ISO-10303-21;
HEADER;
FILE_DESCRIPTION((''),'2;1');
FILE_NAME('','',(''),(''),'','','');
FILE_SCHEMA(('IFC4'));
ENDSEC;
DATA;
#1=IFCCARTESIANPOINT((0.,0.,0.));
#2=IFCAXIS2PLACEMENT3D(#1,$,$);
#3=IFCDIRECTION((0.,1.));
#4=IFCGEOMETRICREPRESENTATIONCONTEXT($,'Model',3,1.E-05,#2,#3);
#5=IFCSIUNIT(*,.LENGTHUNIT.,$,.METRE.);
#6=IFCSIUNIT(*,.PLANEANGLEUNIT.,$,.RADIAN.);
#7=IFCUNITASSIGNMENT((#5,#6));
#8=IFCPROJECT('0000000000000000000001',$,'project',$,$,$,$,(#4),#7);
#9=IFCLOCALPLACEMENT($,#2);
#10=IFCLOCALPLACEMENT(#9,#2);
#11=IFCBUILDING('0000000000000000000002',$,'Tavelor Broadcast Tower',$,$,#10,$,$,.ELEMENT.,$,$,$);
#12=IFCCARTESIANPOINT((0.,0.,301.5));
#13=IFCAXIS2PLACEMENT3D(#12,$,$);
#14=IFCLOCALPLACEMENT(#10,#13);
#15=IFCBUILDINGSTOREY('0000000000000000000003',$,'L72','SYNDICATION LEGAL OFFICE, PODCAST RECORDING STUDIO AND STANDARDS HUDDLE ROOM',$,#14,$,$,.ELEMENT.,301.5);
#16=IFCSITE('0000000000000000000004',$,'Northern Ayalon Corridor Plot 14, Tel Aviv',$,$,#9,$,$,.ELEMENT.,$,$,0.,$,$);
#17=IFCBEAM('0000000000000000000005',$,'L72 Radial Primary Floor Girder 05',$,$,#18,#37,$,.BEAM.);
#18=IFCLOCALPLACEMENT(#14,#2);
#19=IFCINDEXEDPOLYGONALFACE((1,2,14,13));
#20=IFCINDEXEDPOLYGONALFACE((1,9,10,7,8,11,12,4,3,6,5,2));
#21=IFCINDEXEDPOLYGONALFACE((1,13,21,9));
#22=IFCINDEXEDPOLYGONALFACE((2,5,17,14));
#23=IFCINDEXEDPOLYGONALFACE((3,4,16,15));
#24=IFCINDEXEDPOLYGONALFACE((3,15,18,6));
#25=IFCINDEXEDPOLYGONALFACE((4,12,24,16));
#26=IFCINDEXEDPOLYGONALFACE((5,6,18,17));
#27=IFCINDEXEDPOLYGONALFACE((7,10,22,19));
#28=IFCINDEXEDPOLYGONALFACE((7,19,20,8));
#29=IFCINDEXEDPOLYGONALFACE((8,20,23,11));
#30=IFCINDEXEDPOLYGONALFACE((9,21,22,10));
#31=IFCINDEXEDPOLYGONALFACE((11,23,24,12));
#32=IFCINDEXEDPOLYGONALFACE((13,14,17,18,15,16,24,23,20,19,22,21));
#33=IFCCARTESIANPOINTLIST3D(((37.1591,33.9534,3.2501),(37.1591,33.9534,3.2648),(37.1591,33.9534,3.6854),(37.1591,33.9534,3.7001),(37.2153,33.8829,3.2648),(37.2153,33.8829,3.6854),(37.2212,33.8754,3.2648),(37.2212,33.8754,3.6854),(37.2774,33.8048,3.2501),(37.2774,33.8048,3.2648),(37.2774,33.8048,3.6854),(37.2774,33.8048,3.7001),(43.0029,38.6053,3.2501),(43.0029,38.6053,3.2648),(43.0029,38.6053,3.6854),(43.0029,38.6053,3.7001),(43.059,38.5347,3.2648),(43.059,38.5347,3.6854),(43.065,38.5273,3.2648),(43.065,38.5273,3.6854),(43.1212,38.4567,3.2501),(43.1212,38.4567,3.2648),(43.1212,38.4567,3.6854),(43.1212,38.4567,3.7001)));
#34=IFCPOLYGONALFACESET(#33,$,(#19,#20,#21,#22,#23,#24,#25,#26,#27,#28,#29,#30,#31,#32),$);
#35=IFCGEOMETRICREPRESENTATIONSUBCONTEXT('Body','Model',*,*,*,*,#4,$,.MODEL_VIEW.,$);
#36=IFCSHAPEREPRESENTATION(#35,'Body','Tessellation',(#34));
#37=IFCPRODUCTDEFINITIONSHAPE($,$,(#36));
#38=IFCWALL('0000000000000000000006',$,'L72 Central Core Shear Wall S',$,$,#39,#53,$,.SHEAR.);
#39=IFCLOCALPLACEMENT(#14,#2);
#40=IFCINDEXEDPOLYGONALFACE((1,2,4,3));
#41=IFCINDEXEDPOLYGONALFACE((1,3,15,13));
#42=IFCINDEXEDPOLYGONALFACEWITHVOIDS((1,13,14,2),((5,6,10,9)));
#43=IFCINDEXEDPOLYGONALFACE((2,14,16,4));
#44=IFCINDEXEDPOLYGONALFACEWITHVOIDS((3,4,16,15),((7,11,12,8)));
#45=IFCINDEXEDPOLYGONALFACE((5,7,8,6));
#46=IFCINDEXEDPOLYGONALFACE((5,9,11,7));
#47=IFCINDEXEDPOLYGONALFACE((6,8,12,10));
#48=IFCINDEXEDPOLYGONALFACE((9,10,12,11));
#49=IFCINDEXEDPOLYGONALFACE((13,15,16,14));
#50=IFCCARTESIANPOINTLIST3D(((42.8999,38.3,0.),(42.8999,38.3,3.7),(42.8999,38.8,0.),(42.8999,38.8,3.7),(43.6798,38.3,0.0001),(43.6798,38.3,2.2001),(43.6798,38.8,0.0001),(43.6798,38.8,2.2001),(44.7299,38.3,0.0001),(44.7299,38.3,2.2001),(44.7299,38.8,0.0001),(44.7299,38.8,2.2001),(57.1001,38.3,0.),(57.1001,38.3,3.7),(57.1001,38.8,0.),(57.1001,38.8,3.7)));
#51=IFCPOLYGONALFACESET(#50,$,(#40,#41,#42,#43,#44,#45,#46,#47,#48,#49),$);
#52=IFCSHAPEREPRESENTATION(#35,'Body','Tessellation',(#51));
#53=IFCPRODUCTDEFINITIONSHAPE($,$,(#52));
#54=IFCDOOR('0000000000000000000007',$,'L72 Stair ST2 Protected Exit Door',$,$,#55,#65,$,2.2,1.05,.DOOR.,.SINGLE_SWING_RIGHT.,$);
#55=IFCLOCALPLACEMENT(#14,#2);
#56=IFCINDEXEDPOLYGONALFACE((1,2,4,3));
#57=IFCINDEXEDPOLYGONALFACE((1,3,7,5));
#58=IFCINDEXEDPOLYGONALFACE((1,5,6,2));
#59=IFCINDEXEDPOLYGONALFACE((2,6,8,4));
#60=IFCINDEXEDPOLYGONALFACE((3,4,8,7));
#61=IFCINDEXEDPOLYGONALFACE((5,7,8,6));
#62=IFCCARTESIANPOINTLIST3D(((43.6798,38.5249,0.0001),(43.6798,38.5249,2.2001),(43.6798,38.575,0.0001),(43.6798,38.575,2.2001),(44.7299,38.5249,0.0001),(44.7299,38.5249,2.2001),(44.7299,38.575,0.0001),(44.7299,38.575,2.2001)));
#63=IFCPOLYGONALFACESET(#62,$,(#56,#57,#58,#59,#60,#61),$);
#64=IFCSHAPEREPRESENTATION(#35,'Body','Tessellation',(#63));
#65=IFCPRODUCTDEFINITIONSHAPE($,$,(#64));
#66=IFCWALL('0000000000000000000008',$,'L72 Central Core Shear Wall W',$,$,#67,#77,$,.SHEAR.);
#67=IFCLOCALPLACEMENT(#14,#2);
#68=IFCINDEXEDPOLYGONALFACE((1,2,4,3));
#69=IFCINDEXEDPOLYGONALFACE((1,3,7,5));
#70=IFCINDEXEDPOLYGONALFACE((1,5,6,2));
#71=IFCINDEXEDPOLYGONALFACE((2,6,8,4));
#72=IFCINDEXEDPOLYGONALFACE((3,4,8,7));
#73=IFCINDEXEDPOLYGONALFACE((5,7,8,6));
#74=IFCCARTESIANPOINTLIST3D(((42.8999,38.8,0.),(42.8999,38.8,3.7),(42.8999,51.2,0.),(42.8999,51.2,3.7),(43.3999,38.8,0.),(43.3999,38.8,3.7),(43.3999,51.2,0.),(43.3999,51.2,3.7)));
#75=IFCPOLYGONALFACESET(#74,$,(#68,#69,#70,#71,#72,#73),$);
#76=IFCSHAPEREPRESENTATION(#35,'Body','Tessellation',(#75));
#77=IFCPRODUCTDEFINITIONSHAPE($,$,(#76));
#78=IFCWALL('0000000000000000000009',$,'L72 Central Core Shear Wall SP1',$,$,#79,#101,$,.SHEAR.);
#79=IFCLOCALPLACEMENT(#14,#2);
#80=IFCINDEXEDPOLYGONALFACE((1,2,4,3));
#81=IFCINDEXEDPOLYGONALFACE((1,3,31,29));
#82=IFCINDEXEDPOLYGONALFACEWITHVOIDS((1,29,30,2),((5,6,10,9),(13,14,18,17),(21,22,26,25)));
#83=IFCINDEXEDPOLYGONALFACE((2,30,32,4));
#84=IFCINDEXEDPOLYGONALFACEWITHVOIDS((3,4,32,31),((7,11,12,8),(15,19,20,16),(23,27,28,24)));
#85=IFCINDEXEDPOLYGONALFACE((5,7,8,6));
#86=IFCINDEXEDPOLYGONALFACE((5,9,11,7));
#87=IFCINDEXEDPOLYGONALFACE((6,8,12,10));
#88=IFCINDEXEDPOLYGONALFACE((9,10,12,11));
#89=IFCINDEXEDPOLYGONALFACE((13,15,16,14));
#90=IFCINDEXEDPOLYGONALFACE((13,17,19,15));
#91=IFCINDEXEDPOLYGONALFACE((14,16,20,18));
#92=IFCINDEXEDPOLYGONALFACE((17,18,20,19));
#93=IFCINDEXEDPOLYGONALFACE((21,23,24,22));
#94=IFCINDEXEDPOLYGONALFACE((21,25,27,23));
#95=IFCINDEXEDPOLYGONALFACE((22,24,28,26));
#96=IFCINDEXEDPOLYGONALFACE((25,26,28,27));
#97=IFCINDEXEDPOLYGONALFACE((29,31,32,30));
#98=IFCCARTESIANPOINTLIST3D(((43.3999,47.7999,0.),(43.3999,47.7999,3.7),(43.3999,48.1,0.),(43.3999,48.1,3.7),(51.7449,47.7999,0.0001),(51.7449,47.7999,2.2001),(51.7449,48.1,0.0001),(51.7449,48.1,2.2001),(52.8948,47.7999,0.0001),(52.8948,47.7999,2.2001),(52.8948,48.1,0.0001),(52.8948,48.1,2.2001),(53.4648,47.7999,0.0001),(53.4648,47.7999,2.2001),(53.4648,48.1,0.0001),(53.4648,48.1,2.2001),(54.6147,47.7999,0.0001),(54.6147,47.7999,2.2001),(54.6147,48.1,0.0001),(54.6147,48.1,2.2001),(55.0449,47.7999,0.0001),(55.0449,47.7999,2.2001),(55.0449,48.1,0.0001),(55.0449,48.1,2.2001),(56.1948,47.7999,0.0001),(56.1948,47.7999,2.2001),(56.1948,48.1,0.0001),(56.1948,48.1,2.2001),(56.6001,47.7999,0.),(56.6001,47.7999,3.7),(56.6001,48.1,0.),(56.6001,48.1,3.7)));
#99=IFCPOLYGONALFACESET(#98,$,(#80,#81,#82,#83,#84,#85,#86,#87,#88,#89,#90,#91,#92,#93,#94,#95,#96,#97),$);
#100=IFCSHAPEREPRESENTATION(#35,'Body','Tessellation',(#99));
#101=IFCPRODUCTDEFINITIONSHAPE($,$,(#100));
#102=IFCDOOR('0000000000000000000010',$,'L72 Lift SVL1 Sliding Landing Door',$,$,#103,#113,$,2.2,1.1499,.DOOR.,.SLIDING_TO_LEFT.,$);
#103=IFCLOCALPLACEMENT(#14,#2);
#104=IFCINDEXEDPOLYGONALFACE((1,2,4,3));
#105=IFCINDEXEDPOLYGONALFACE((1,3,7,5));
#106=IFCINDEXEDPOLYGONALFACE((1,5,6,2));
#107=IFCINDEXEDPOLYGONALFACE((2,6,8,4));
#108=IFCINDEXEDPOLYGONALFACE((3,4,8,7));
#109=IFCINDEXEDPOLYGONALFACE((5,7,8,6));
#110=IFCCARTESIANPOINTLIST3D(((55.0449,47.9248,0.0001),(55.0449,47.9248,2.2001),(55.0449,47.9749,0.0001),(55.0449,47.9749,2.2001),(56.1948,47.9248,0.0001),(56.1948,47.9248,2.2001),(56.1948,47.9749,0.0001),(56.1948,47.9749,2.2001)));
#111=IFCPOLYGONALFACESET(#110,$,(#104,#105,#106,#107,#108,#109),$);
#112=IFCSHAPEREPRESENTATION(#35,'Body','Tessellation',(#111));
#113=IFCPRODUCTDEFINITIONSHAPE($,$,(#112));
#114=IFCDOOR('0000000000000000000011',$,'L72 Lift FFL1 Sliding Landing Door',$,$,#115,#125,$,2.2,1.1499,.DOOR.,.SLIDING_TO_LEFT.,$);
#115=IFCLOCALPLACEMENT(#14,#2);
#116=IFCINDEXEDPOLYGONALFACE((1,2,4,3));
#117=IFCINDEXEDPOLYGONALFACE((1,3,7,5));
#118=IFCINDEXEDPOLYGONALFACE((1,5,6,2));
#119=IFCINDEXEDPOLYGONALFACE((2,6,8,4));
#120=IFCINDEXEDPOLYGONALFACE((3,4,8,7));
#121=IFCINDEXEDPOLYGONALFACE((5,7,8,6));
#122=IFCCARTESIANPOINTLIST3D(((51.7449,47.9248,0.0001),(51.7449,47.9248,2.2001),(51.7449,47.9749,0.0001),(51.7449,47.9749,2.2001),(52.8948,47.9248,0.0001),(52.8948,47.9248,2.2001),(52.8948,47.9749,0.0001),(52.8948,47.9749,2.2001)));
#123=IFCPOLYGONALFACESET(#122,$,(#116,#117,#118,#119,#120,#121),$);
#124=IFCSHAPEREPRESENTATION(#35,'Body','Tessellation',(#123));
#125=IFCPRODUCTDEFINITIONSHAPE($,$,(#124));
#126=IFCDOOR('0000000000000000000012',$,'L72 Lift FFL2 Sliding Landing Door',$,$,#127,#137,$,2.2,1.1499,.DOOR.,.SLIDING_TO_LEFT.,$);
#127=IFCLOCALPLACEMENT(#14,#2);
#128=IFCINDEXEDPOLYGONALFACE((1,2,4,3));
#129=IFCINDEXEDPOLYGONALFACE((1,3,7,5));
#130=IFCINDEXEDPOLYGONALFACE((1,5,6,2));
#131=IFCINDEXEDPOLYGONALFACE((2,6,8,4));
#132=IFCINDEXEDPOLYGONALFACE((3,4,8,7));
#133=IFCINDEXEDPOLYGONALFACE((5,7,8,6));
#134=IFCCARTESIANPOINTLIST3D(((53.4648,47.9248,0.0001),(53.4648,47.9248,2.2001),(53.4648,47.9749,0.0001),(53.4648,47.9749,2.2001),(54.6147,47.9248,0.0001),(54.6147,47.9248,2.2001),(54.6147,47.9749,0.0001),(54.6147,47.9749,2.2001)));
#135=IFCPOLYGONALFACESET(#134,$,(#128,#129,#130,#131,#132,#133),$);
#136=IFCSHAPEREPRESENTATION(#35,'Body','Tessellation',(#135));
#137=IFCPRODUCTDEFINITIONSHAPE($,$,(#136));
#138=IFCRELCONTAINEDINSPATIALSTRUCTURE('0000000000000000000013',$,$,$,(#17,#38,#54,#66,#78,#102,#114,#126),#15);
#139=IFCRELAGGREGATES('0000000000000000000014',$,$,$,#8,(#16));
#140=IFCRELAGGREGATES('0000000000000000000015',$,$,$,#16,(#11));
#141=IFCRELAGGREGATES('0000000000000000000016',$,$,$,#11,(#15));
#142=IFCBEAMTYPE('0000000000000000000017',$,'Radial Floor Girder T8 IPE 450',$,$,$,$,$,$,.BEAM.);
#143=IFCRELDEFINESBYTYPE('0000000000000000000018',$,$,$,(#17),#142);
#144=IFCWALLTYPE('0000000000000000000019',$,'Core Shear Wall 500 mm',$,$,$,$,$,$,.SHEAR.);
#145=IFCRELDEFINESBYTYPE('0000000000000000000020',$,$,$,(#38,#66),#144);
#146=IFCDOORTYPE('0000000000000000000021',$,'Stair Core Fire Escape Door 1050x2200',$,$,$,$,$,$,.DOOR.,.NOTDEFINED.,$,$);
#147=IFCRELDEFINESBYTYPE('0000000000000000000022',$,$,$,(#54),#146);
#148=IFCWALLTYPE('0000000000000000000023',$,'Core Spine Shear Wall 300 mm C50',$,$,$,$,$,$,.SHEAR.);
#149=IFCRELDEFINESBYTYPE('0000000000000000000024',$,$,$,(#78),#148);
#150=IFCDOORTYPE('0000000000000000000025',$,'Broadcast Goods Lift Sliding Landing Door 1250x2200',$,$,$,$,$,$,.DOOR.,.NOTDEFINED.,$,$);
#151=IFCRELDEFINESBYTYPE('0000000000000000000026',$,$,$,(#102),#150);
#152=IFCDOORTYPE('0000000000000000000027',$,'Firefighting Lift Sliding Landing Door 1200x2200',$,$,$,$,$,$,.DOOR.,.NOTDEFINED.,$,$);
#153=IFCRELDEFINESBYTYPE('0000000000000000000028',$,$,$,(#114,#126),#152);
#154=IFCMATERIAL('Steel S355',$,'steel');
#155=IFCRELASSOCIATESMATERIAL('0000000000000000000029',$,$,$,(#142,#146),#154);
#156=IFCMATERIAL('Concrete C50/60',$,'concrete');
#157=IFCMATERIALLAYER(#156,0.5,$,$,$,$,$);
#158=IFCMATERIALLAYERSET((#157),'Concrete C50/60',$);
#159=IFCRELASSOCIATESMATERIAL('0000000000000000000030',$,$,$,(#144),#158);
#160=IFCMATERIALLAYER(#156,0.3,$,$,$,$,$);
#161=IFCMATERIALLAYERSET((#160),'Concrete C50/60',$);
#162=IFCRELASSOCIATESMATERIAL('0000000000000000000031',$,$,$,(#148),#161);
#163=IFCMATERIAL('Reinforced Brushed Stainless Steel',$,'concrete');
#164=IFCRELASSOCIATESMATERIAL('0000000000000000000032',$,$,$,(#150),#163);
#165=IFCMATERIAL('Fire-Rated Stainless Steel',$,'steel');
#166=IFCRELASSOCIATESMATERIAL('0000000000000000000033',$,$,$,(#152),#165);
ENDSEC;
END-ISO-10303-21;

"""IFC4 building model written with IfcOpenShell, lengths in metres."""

from ifc_helpers import new_model, si_unit, direction, frame, frame_2d, origin, origin_2d, place, context, subcontext, project, spatial, rectangle, i_section, extrude, material, layer, layer_set, material_profile, profile_set, type_object, element, fill, save


model = new_model("IFC4")

# Units and contexts
model_context = context("Model", 3, precision=1e-05, world=origin(), true_north=direction((0.0, 1.0)))
body_context = subcontext(model_context, "Body", "Model", "MODEL_VIEW")
ifc_project = project(units=[si_unit("LENGTHUNIT", "METRE"), si_unit("PLANEANGLEUNIT", "RADIAN")], contexts=[model_context])

# Site, building, storey
site_placement = place(None, origin())
site = spatial("IfcSite", under=ifc_project, at=site_placement, Name="Northern Ayalon Corridor Plot 14, Tel Aviv", CompositionType="ELEMENT", RefElevation=0.0)
building_placement = place(site_placement, origin())
building = spatial("IfcBuilding", under=site, at=building_placement, Name="Tavelor Broadcast Tower", CompositionType="ELEMENT")
storey_placement = place(building_placement, frame((0.0, 0.0, 301.5)))
storey = spatial("IfcBuildingStorey", under=building, at=storey_placement, Name="L72", Description="SYNDICATION LEGAL OFFICE, PODCAST RECORDING STUDIO AND STANDARDS HUDDLE ROOM", CompositionType="ELEMENT", Elevation=301.5)

# Shared definitions
ifc_material_1 = material(Name="Concrete C50/60", Category="concrete")

# Beam
ifc_material_2 = material(Name="Steel S355", Category="steel")
ifc_material_profile_1 = material_profile(ifc_material_2, i_section(OverallWidth=0.1899, OverallDepth=0.45, WebThickness=0.0095, FlangeThickness=0.0146, at=origin_2d()), Name="IPE 450")
ifc_profile_set_1 = profile_set([ifc_material_profile_1], Name="Steel S355")
beam_type_1 = type_object("IfcBeamType", Name="Radial Floor Girder T8 IPE 450", PredefinedType="BEAM", material=ifc_profile_set_1)
beam_1_placement = place(storey_placement, frame((43.062, 38.531, 3.4751), z_axis=(-0.782378, -0.622804, 0.0), x_axis=(0.622804, -0.782378, 0.0)))
element("IfcBeam", 1, at=beam_1_placement, inside=storey, type_object=beam_type_1, Name="L72 Radial Primary Floor Girder 05", PredefinedType="BEAM", context=body_context, shape_type="SweptSolid", body=[
    extrude(i_section(OverallWidth=0.1899, OverallDepth=0.45, WebThickness=0.0095, FlangeThickness=0.0146, at=origin_2d()), origin(), (0.0, 0.0, 1.0), 7.4692),
])

# Wall, opening, door
ifc_layer_1 = layer(ifc_material_1, 0.5)
ifc_layer_set_1 = layer_set([ifc_layer_1], Name="Concrete C50/60")
wall_type_1 = type_object("IfcWallType", Name="Core Shear Wall 500 mm", PredefinedType="SHEAR", material=ifc_layer_set_1)
wall_1_placement = place(storey_placement, frame((42.8999, 38.55, 0.0), z_axis=(0.0, 0.0, 1.0), x_axis=(1.0, 0.0, 0.0)))
wall_1 = element("IfcWall", 2, at=wall_1_placement, inside=storey, type_object=wall_type_1, Name="L72 Central Core Shear Wall S", PredefinedType="SHEAR", context=body_context, shape_type="SweptSolid", body=[
    extrude(rectangle(XDim=14.2002, YDim=0.5, at=frame_2d((7.1001, 0.0))), origin(), (0.0, 0.0, 1.0), 3.7),
])
opening_1_placement = place(wall_1_placement, frame((0.78, 0.0, 0.0)))
opening_1 = element("IfcOpeningElement", 3, at=opening_1_placement, cuts=wall_1, PredefinedType="OPENING", context=body_context, shape_type="SweptSolid", body=[
    extrude(rectangle(XDim=1.05, YDim=2.2, at=frame_2d((0.5249, 1.1001))), frame((0.0, 0.26, 0.0), z_axis=(0.0, -1.0, 0.0), x_axis=(1.0, 0.0, 0.0)), (0.0, 0.0, 1.0), 0.52),
])
door_type_1 = type_object("IfcDoorType", Name="Stair Core Fire Escape Door 1050x2200", OperationType="NOTDEFINED", PredefinedType="DOOR", material=ifc_material_2)
door_1_placement = place(opening_1_placement, origin())
door_1 = element("IfcDoor", 4, at=door_1_placement, inside=storey, type_object=door_type_1, Name="L72 Stair ST2 Protected Exit Door", OperationType="SINGLE_SWING_RIGHT", OverallHeight=2.2, OverallWidth=1.05, PredefinedType="DOOR", context=body_context, shape_type="SweptSolid", body=[
    extrude(rectangle(XDim=1.05, YDim=2.2, at=frame_2d((0.5249, 1.1001))), frame((0.0, 0.0249, 0.0), z_axis=(0.0, -1.0, 0.0), x_axis=(1.0, 0.0, 0.0)), (0.0, 0.0, 1.0), 0.05),
])
fill(opening_1, door_1)

# Wall
wall_2_placement = place(storey_placement, frame((43.1499, 38.8, 0.0), z_axis=(0.0, 0.0, 1.0), x_axis=(0.0, 1.0, 0.0)))
element("IfcWall", 5, at=wall_2_placement, inside=storey, type_object=wall_type_1, Name="L72 Central Core Shear Wall W", PredefinedType="SHEAR", context=body_context, shape_type="SweptSolid", body=[
    extrude(rectangle(XDim=12.3999, YDim=0.5, at=frame_2d((6.2, 0.0))), origin(), (0.0, 0.0, 1.0), 3.7),
])

# Wall, openings, doors
ifc_layer_2 = layer(ifc_material_1, 0.3)
ifc_layer_set_2 = layer_set([ifc_layer_2], Name="Concrete C50/60")
wall_type_2 = type_object("IfcWallType", Name="Core Spine Shear Wall 300 mm C50", PredefinedType="SHEAR", material=ifc_layer_set_2)
wall_3_placement = place(storey_placement, frame((43.3999, 47.95, 0.0), z_axis=(0.0, 0.0, 1.0), x_axis=(1.0, 0.0, 0.0)))
wall_3 = element("IfcWall", 6, at=wall_3_placement, inside=storey, type_object=wall_type_2, Name="L72 Central Core Shear Wall SP1", PredefinedType="SHEAR", context=body_context, shape_type="SweptSolid", body=[
    extrude(rectangle(XDim=13.2002, YDim=0.3, at=frame_2d((6.6001, 0.0))), origin(), (0.0, 0.0, 1.0), 3.7),
])
opening_2_placement = place(wall_3_placement, frame((8.345, 0.0, 0.0)))
opening_2 = element("IfcOpeningElement", 7, at=opening_2_placement, cuts=wall_3, PredefinedType="OPENING", context=body_context, shape_type="SweptSolid", body=[
    extrude(rectangle(XDim=1.1499, YDim=2.2, at=frame_2d((0.575, 1.1001))), frame((0.0, 0.1602, 0.0), z_axis=(0.0, -1.0, 0.0), x_axis=(1.0, 0.0, 0.0)), (0.0, 0.0, 1.0), 0.3201),
])
opening_3_placement = place(wall_3_placement, frame((10.0649, 0.0, 0.0)))
opening_3 = element("IfcOpeningElement", 8, at=opening_3_placement, cuts=wall_3, PredefinedType="OPENING", context=body_context, shape_type="SweptSolid", body=[
    extrude(rectangle(XDim=1.1499, YDim=2.2, at=frame_2d((0.575, 1.1001))), frame((0.0, 0.1602, 0.0), z_axis=(0.0, -1.0, 0.0), x_axis=(1.0, 0.0, 0.0)), (0.0, 0.0, 1.0), 0.3201),
])
opening_4_placement = place(wall_3_placement, frame((11.645, 0.0, 0.0)))
opening_4 = element("IfcOpeningElement", 9, at=opening_4_placement, cuts=wall_3, PredefinedType="OPENING", context=body_context, shape_type="SweptSolid", body=[
    extrude(rectangle(XDim=1.1499, YDim=2.2, at=frame_2d((0.575, 1.1001))), frame((0.0, 0.1602, 0.0), z_axis=(0.0, -1.0, 0.0), x_axis=(1.0, 0.0, 0.0)), (0.0, 0.0, 1.0), 0.3201),
])
ifc_material_3 = material(Name="Reinforced Brushed Stainless Steel", Category="concrete")
door_type_2 = type_object("IfcDoorType", Name="Broadcast Goods Lift Sliding Landing Door 1250x2200", OperationType="NOTDEFINED", PredefinedType="DOOR", material=ifc_material_3)
door_2_placement = place(opening_4_placement, origin())
door_2 = element("IfcDoor", 10, at=door_2_placement, inside=storey, type_object=door_type_2, Name="L72 Lift SVL1 Sliding Landing Door", OperationType="SLIDING_TO_LEFT", OverallHeight=2.2, OverallWidth=1.1499, PredefinedType="DOOR", context=body_context, shape_type="SweptSolid", body=[
    extrude(rectangle(XDim=1.1499, YDim=2.2, at=frame_2d((0.575, 1.1001))), frame((0.0, 0.0249, 0.0), z_axis=(0.0, -1.0, 0.0), x_axis=(1.0, 0.0, 0.0)), (0.0, 0.0, 1.0), 0.05),
])
fill(opening_4, door_2)
ifc_material_4 = material(Name="Fire-Rated Stainless Steel", Category="steel")
door_type_3 = type_object("IfcDoorType", Name="Firefighting Lift Sliding Landing Door 1200x2200", OperationType="NOTDEFINED", PredefinedType="DOOR", material=ifc_material_4)
door_3_placement = place(opening_2_placement, origin())
door_3 = element("IfcDoor", 11, at=door_3_placement, inside=storey, type_object=door_type_3, Name="L72 Lift FFL1 Sliding Landing Door", OperationType="SLIDING_TO_LEFT", OverallHeight=2.2, OverallWidth=1.1499, PredefinedType="DOOR", context=body_context, shape_type="SweptSolid", body=[
    extrude(rectangle(XDim=1.1499, YDim=2.2, at=frame_2d((0.575, 1.1001))), frame((0.0, 0.0249, 0.0), z_axis=(0.0, -1.0, 0.0), x_axis=(1.0, 0.0, 0.0)), (0.0, 0.0, 1.0), 0.05),
])
fill(opening_2, door_3)
door_4_placement = place(opening_3_placement, origin())
door_4 = element("IfcDoor", 12, at=door_4_placement, inside=storey, type_object=door_type_3, Name="L72 Lift FFL2 Sliding Landing Door", OperationType="SLIDING_TO_LEFT", OverallHeight=2.2, OverallWidth=1.1499, PredefinedType="DOOR", context=body_context, shape_type="SweptSolid", body=[
    extrude(rectangle(XDim=1.1499, YDim=2.2, at=frame_2d((0.575, 1.1001))), frame((0.0, 0.0249, 0.0), z_axis=(0.0, -1.0, 0.0), x_axis=(1.0, 0.0, 0.0)), (0.0, 0.0, 1.0), 0.05),
])
fill(opening_3, door_4)

save(model, "model.ifc")
